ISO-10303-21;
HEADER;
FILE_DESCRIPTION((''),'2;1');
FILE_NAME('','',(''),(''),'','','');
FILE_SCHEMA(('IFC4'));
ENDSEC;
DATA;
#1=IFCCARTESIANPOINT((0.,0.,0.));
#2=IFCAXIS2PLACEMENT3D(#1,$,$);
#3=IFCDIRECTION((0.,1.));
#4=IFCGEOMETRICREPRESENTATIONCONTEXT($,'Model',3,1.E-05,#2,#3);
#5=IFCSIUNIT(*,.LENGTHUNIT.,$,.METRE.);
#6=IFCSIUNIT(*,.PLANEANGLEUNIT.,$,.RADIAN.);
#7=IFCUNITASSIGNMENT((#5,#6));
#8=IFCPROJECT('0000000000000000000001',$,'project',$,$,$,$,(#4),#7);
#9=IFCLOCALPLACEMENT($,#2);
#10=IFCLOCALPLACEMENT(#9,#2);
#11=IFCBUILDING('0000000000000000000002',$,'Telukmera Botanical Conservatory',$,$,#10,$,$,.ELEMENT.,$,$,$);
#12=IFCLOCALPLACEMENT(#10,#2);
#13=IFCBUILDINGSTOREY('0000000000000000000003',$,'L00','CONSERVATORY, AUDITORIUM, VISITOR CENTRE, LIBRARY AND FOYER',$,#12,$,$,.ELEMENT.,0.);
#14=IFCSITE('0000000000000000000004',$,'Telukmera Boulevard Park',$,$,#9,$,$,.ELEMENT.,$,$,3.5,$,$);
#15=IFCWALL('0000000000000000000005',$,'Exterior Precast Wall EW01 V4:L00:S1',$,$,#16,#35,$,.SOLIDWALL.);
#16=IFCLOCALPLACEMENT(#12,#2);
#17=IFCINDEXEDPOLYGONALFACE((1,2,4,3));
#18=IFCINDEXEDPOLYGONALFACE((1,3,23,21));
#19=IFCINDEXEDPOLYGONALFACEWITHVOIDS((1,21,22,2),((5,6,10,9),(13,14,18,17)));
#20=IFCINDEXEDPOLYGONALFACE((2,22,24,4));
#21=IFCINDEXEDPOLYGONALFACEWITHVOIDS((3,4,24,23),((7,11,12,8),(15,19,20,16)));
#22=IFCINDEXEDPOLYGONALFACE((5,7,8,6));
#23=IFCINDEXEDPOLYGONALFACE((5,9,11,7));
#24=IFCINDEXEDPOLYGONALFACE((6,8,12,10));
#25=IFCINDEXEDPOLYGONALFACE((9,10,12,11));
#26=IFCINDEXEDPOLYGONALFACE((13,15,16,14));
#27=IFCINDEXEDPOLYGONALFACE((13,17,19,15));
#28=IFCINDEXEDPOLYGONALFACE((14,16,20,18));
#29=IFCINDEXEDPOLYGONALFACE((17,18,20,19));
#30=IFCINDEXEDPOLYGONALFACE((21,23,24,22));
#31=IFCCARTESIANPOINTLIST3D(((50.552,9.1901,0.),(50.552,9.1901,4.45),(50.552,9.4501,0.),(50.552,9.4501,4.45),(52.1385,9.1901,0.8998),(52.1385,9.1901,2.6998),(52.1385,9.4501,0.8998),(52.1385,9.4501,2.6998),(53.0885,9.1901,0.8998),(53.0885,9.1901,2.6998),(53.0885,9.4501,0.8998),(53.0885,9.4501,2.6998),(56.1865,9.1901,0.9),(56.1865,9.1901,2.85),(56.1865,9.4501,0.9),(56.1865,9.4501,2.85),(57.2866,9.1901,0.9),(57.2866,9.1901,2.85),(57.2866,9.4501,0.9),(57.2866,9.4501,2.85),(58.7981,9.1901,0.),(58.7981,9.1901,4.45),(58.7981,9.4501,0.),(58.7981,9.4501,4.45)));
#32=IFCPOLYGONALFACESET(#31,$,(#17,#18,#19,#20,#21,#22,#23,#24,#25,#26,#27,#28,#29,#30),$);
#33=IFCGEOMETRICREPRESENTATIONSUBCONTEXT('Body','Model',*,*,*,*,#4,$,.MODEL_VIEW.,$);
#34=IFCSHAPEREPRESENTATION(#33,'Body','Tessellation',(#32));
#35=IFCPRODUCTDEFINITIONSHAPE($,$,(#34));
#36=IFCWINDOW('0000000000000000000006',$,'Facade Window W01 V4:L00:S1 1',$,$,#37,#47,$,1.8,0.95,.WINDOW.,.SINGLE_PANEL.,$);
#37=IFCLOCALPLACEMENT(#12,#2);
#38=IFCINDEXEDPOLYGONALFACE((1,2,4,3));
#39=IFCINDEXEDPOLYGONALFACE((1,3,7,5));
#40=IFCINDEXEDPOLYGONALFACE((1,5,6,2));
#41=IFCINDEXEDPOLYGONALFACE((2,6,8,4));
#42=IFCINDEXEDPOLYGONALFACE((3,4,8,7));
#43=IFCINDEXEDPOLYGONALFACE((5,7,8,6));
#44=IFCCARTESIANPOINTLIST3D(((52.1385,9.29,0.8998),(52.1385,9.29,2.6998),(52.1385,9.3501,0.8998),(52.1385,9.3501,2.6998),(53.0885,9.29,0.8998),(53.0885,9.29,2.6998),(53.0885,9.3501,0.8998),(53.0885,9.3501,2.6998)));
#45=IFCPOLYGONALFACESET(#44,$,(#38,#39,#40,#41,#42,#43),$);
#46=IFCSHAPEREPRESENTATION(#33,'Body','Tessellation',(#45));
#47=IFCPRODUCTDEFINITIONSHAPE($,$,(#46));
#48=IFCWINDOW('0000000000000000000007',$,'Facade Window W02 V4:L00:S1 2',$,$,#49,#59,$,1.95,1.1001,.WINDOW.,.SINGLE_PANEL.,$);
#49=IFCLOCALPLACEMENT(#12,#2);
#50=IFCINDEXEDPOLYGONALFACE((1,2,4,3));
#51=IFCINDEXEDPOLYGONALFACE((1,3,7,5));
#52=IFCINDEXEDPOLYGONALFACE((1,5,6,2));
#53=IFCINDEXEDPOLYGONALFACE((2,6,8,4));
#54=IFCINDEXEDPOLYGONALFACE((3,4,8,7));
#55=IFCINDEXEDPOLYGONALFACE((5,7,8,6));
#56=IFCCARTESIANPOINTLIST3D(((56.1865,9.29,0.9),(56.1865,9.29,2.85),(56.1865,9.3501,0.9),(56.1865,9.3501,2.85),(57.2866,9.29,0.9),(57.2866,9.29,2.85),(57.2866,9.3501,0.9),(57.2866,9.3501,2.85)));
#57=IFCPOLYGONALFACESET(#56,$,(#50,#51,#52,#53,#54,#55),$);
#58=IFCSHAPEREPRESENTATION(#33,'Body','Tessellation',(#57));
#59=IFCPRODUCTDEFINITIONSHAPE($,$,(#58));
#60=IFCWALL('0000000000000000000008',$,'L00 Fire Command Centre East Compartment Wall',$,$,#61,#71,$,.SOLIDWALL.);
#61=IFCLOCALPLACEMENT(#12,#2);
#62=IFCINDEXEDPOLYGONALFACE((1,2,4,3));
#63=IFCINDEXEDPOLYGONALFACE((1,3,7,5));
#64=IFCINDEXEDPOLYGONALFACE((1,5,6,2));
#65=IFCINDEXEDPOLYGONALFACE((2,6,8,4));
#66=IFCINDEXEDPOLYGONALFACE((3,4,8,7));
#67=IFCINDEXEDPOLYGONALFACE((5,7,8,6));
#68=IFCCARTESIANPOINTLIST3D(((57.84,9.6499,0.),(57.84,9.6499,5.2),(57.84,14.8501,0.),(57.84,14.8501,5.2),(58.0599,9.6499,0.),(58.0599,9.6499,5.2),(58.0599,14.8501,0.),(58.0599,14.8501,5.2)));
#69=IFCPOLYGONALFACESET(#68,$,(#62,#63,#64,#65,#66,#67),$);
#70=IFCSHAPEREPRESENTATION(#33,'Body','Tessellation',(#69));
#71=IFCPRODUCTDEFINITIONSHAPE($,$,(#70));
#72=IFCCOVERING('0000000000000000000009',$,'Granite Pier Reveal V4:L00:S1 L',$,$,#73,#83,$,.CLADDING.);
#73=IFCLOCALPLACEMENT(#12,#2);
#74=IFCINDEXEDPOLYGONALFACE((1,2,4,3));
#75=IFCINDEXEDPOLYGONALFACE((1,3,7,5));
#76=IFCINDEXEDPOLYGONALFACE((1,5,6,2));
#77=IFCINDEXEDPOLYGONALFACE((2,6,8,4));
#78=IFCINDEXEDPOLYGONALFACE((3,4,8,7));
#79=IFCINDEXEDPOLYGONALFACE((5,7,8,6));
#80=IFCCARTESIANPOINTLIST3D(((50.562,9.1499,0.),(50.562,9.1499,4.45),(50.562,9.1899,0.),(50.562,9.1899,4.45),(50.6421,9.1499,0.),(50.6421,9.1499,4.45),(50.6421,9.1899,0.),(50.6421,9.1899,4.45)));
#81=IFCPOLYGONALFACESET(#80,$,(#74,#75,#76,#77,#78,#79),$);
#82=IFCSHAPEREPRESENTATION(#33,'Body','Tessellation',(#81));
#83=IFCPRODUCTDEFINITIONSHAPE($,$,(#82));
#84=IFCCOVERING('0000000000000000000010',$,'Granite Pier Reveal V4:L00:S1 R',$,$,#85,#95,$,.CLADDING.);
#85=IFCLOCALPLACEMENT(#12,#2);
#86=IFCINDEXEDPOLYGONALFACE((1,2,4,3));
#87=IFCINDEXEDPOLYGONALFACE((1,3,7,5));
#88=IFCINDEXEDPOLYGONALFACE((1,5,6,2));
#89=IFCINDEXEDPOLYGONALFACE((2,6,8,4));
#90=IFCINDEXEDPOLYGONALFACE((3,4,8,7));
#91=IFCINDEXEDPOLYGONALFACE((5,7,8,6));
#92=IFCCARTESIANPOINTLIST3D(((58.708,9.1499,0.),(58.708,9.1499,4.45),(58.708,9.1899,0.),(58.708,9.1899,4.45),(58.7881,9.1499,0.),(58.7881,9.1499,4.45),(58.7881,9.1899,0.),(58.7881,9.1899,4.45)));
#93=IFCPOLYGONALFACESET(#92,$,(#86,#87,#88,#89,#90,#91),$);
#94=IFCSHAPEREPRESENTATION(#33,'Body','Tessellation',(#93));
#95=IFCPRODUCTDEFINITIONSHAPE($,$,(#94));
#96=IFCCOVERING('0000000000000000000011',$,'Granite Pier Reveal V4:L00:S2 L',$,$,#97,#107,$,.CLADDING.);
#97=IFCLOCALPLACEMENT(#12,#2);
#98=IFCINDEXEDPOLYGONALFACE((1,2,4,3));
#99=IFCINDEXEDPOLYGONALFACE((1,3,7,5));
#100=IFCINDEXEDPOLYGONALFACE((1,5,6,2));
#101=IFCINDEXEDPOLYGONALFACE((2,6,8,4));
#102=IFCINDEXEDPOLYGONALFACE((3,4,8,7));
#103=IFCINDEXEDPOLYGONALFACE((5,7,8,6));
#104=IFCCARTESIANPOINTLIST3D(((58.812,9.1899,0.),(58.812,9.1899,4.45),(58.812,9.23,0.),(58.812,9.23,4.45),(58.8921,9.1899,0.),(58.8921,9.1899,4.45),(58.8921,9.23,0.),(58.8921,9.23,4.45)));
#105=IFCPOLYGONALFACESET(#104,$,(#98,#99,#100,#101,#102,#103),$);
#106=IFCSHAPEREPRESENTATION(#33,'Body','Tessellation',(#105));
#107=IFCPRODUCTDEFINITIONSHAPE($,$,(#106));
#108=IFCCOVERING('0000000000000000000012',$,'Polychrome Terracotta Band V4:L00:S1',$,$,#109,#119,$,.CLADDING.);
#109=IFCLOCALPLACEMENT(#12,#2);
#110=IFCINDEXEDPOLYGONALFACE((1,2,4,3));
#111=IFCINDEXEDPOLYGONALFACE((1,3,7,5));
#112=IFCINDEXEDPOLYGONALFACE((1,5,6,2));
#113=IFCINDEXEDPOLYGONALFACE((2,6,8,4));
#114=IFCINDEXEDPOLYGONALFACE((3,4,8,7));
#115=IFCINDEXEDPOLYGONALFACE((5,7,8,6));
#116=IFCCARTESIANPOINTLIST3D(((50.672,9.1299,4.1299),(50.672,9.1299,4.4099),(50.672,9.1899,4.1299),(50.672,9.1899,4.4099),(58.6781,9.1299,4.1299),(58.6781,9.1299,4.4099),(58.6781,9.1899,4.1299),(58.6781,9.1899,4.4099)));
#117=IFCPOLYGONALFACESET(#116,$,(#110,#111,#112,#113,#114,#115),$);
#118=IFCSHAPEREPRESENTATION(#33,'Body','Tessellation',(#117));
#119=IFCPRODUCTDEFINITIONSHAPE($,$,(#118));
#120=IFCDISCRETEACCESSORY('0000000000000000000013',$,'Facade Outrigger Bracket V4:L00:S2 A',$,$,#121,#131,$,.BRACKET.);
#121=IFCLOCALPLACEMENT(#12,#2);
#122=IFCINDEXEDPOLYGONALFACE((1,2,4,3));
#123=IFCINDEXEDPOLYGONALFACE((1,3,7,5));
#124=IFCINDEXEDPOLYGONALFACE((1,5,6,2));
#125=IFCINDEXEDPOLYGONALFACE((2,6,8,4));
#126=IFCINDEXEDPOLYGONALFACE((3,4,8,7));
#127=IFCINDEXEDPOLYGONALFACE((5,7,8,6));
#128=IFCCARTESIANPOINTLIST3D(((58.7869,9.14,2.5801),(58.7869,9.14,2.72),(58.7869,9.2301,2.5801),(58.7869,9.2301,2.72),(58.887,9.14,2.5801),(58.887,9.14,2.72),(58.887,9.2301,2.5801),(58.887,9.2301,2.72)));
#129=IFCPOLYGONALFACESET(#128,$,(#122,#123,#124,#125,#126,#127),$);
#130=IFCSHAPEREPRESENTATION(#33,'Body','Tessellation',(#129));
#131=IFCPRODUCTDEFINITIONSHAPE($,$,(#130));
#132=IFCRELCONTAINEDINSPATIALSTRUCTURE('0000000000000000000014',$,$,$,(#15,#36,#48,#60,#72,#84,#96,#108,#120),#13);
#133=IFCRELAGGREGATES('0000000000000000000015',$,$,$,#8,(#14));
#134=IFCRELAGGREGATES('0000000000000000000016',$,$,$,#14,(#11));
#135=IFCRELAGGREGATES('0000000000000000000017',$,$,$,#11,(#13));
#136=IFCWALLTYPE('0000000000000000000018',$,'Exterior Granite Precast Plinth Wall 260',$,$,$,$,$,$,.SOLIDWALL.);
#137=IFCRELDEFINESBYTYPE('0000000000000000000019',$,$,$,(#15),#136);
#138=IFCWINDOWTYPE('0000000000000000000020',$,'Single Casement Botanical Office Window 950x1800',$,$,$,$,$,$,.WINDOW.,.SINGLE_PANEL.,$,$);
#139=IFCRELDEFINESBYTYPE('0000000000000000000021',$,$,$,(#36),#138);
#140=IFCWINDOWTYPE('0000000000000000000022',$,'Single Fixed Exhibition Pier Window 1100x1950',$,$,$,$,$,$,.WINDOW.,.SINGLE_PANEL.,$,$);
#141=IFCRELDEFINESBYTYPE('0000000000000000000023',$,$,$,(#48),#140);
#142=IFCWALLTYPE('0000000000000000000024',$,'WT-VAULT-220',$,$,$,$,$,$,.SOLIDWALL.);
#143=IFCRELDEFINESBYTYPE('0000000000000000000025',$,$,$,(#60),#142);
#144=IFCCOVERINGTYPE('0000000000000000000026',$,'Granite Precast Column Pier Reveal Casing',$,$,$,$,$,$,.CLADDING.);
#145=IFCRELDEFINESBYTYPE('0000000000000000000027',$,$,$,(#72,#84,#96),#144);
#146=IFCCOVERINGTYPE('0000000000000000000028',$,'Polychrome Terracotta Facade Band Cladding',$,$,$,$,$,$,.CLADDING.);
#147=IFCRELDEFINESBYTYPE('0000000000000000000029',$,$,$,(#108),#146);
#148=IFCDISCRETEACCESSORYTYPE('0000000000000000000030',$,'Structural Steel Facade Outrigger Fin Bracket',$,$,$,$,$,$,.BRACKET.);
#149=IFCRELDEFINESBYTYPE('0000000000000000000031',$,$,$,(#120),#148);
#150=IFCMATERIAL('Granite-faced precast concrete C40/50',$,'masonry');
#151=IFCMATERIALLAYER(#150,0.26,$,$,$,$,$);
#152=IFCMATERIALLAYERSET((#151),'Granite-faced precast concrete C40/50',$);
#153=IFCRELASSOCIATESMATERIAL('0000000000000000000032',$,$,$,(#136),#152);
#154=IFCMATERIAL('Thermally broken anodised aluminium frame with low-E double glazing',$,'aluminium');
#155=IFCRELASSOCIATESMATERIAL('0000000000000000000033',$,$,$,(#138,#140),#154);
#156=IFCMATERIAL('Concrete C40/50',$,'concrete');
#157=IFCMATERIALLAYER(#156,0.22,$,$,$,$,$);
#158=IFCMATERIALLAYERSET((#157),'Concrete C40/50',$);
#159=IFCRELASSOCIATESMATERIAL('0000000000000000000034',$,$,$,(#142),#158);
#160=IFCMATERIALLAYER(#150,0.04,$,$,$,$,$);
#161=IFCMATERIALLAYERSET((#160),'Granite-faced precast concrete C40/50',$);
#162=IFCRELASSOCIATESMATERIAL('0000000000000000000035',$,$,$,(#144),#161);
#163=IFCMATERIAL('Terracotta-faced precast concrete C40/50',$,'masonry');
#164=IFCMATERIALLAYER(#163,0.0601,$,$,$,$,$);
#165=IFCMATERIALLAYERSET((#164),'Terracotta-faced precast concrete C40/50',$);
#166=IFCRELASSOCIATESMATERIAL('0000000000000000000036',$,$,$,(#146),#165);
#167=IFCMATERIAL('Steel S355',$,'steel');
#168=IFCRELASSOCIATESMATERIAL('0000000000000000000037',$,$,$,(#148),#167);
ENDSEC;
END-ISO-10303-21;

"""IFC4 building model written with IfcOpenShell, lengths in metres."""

from ifc_helpers import new_model, si_unit, direction, frame, frame_2d, origin, origin_2d, place, context, subcontext, project, spatial, rectangle, extrude, material, layer, layer_set, type_object, element, fill, save


model = new_model("IFC4")

# Units and contexts
model_context = context("Model", 3, precision=1e-05, world=origin(), true_north=direction((0.0, 1.0)))
body_context = subcontext(model_context, "Body", "Model", "MODEL_VIEW")
ifc_project = project(units=[si_unit("LENGTHUNIT", "METRE"), si_unit("PLANEANGLEUNIT", "RADIAN")], contexts=[model_context])

# Site, building, storey
site_placement = place(None, origin())
site = spatial("IfcSite", under=ifc_project, at=site_placement, Name="Telukmera Boulevard Park", CompositionType="ELEMENT", RefElevation=3.5)
building_placement = place(site_placement, origin())
building = spatial("IfcBuilding", under=site, at=building_placement, Name="Telukmera Botanical Conservatory", CompositionType="ELEMENT")
storey_placement = place(building_placement, origin())
storey = spatial("IfcBuildingStorey", under=building, at=storey_placement, Name="L00", Description="CONSERVATORY, AUDITORIUM, VISITOR CENTRE, LIBRARY AND FOYER", CompositionType="ELEMENT", Elevation=0.0)

# Shared definitions
ifc_material_1 = material(Name="Concrete C40/50", Category="concrete")

# Wall, openings, windows
ifc_material_2 = material(Name="Granite-faced precast concrete C40/50", Category="masonry")
ifc_layer_1 = layer(ifc_material_2, 0.26)
ifc_layer_set_1 = layer_set([ifc_layer_1], Name="Granite-faced precast concrete C40/50")
wall_type_1 = type_object("IfcWallType", Name="Exterior Granite Precast Plinth Wall 260", PredefinedType="SOLIDWALL", material=ifc_layer_set_1)
wall_1_placement = place(storey_placement, frame((50.552, 9.3201, 0.0), z_axis=(0.0, 0.0, 1.0), x_axis=(1.0, 0.0, 0.0)))
wall_1 = element("IfcWall", 1, at=wall_1_placement, inside=storey, type_object=wall_type_1, Name="Exterior Precast Wall EW01 V4:L00:S1", PredefinedType="SOLIDWALL", context=body_context, shape_type="SweptSolid", body=[
    extrude(rectangle(XDim=8.2461, YDim=0.26, at=frame_2d((4.123, 0.0))), origin(), (0.0, 0.0, 1.0), 4.45),
])
opening_1_placement = place(wall_1_placement, frame((1.5864, 0.0, 0.8999)))
opening_1 = element("IfcOpeningElement", 2, at=opening_1_placement, cuts=wall_1, PredefinedType="OPENING", context=body_context, shape_type="SweptSolid", body=[
    extrude(rectangle(XDim=0.95, YDim=1.8, at=frame_2d((0.4751, 0.8999))), frame((0.0, 0.1399, 0.0), z_axis=(0.0, -1.0, 0.0), x_axis=(1.0, 0.0, 0.0)), (0.0, 0.0, 1.0), 0.28),
])
opening_2_placement = place(wall_1_placement, frame((5.6345, 0.0, 0.8999)))
opening_2 = element("IfcOpeningElement", 3, at=opening_2_placement, cuts=wall_1, PredefinedType="OPENING", context=body_context, shape_type="SweptSolid", body=[
    extrude(rectangle(XDim=1.1001, YDim=1.95, at=frame_2d((0.55, 0.9751))), frame((0.0, 0.1399, 0.0), z_axis=(0.0, -1.0, 0.0), x_axis=(1.0, 0.0, 0.0)), (0.0, 0.0, 1.0), 0.28),
])
ifc_material_3 = material(Name="Thermally broken anodised aluminium frame with low-E double glazing", Category="aluminium")
window_type_1 = type_object("IfcWindowType", Name="Single Casement Botanical Office Window 950x1800", PartitioningType="SINGLE_PANEL", PredefinedType="WINDOW", material=ifc_material_3)
window_1_placement = place(opening_1_placement, origin())
window_1 = element("IfcWindow", 4, at=window_1_placement, inside=storey, type_object=window_type_1, Name="Facade Window W01 V4:L00:S1 1", OverallHeight=1.8, OverallWidth=0.95, PartitioningType="SINGLE_PANEL", PredefinedType="WINDOW", context=body_context, shape_type="SweptSolid", body=[
    extrude(rectangle(XDim=0.95, YDim=1.8, at=frame_2d((0.4751, 0.8999))), frame((0.0, 0.03, 0.0), z_axis=(0.0, -1.0, 0.0), x_axis=(1.0, 0.0, 0.0)), (0.0, 0.0, 1.0), 0.0601),
])
fill(opening_1, window_1)
window_type_2 = type_object("IfcWindowType", Name="Single Fixed Exhibition Pier Window 1100x1950", PartitioningType="SINGLE_PANEL", PredefinedType="WINDOW", material=ifc_material_3)
window_2_placement = place(opening_2_placement, origin())
window_2 = element("IfcWindow", 5, at=window_2_placement, inside=storey, type_object=window_type_2, Name="Facade Window W02 V4:L00:S1 2", OverallHeight=1.95, OverallWidth=1.1001, PartitioningType="SINGLE_PANEL", PredefinedType="WINDOW", context=body_context, shape_type="SweptSolid", body=[
    extrude(rectangle(XDim=1.1001, YDim=1.95, at=frame_2d((0.55, 0.9751))), frame((0.0, 0.03, 0.0), z_axis=(0.0, -1.0, 0.0), x_axis=(1.0, 0.0, 0.0)), (0.0, 0.0, 1.0), 0.0601),
])
fill(opening_2, window_2)

# Wall
ifc_layer_2 = layer(ifc_material_1, 0.22)
ifc_layer_set_2 = layer_set([ifc_layer_2], Name="Concrete C40/50")
wall_type_2 = type_object("IfcWallType", Name="WT-VAULT-220", PredefinedType="SOLIDWALL", material=ifc_layer_set_2)
wall_2_placement = place(storey_placement, frame((57.95, 9.6499, 0.0), z_axis=(0.0, 0.0, 1.0), x_axis=(0.0, 1.0, 0.0)))
element("IfcWall", 6, at=wall_2_placement, inside=storey, type_object=wall_type_2, Name="L00 Fire Command Centre East Compartment Wall", PredefinedType="SOLIDWALL", context=body_context, shape_type="SweptSolid", body=[
    extrude(rectangle(XDim=5.2002, YDim=0.22, at=frame_2d((2.6001, 0.0))), origin(), (0.0, 0.0, 1.0), 5.2),
])

# Coverings
ifc_layer_3 = layer(ifc_material_2, 0.04)
ifc_layer_set_3 = layer_set([ifc_layer_3], Name="Granite-faced precast concrete C40/50")
covering_type_1 = type_object("IfcCoveringType", Name="Granite Precast Column Pier Reveal Casing", PredefinedType="CLADDING", material=ifc_layer_set_3)
for number, where, z_axis, x_axis, name in (
    (7, (50.6021, 9.1699, 0.0), (0.0, 0.0, 1.0), (1.0, 0.0, 0.0), "Granite Pier Reveal V4:L00:S1 L"),
    (8, (58.748, 9.1699, 0.0), (0.0, 0.0, 1.0), (1.0, 0.0, 0.0), "Granite Pier Reveal V4:L00:S1 R"),
    (9, (58.8521, 9.21, 0.0), (0.0, 0.0, 1.0), (1.0, 0.0, 0.0), "Granite Pier Reveal V4:L00:S2 L"),
):
    element("IfcCovering", number, at=place(storey_placement, frame(where, z_axis=z_axis, x_axis=x_axis)), inside=storey, type_object=covering_type_1, Name=name, PredefinedType="CLADDING", context=body_context, shape_type="SweptSolid", body=[
        extrude(rectangle(XDim=0.0801, YDim=0.04, at=origin_2d()), origin(), (0.0, 0.0, 1.0), 4.45),
    ])
ifc_material_4 = material(Name="Terracotta-faced precast concrete C40/50", Category="masonry")
ifc_layer_4 = layer(ifc_material_4, 0.0601)
ifc_layer_set_4 = layer_set([ifc_layer_4], Name="Terracotta-faced precast concrete C40/50")
covering_type_2 = type_object("IfcCoveringType", Name="Polychrome Terracotta Facade Band Cladding", PredefinedType="CLADDING", material=ifc_layer_set_4)
covering_placement = place(storey_placement, frame((54.675, 9.1599, 4.1299), z_axis=(0.0, 0.0, 1.0), x_axis=(1.0, 0.0, 0.0)))
element("IfcCovering", 10, at=covering_placement, inside=storey, type_object=covering_type_2, Name="Polychrome Terracotta Band V4:L00:S1", PredefinedType="CLADDING", context=body_context, shape_type="SweptSolid", body=[
    extrude(rectangle(XDim=8.0061, YDim=0.0601, at=origin_2d()), origin(), (0.0, 0.0, 1.0), 0.28),
])

# Discrete accessory
ifc_material_5 = material(Name="Steel S355", Category="steel")
discrete_accessory_type = type_object("IfcDiscreteAccessoryType", Name="Structural Steel Facade Outrigger Fin Bracket", PredefinedType="BRACKET", material=ifc_material_5)
discrete_accessory_placement = place(storey_placement, frame((58.8369, 9.1851, 2.5801), z_axis=(0.0, 0.0, 1.0), x_axis=(1.0, 0.0, 0.0)))
element("IfcDiscreteAccessory", 11, at=discrete_accessory_placement, inside=storey, type_object=discrete_accessory_type, Name="Facade Outrigger Bracket V4:L00:S2 A", PredefinedType="BRACKET", context=body_context, shape_type="SweptSolid", body=[
    extrude(rectangle(XDim=0.1001, YDim=0.0901, at=origin_2d()), origin(), (0.0, 0.0, 1.0), 0.1399),
])

save(model, "model.ifc")
